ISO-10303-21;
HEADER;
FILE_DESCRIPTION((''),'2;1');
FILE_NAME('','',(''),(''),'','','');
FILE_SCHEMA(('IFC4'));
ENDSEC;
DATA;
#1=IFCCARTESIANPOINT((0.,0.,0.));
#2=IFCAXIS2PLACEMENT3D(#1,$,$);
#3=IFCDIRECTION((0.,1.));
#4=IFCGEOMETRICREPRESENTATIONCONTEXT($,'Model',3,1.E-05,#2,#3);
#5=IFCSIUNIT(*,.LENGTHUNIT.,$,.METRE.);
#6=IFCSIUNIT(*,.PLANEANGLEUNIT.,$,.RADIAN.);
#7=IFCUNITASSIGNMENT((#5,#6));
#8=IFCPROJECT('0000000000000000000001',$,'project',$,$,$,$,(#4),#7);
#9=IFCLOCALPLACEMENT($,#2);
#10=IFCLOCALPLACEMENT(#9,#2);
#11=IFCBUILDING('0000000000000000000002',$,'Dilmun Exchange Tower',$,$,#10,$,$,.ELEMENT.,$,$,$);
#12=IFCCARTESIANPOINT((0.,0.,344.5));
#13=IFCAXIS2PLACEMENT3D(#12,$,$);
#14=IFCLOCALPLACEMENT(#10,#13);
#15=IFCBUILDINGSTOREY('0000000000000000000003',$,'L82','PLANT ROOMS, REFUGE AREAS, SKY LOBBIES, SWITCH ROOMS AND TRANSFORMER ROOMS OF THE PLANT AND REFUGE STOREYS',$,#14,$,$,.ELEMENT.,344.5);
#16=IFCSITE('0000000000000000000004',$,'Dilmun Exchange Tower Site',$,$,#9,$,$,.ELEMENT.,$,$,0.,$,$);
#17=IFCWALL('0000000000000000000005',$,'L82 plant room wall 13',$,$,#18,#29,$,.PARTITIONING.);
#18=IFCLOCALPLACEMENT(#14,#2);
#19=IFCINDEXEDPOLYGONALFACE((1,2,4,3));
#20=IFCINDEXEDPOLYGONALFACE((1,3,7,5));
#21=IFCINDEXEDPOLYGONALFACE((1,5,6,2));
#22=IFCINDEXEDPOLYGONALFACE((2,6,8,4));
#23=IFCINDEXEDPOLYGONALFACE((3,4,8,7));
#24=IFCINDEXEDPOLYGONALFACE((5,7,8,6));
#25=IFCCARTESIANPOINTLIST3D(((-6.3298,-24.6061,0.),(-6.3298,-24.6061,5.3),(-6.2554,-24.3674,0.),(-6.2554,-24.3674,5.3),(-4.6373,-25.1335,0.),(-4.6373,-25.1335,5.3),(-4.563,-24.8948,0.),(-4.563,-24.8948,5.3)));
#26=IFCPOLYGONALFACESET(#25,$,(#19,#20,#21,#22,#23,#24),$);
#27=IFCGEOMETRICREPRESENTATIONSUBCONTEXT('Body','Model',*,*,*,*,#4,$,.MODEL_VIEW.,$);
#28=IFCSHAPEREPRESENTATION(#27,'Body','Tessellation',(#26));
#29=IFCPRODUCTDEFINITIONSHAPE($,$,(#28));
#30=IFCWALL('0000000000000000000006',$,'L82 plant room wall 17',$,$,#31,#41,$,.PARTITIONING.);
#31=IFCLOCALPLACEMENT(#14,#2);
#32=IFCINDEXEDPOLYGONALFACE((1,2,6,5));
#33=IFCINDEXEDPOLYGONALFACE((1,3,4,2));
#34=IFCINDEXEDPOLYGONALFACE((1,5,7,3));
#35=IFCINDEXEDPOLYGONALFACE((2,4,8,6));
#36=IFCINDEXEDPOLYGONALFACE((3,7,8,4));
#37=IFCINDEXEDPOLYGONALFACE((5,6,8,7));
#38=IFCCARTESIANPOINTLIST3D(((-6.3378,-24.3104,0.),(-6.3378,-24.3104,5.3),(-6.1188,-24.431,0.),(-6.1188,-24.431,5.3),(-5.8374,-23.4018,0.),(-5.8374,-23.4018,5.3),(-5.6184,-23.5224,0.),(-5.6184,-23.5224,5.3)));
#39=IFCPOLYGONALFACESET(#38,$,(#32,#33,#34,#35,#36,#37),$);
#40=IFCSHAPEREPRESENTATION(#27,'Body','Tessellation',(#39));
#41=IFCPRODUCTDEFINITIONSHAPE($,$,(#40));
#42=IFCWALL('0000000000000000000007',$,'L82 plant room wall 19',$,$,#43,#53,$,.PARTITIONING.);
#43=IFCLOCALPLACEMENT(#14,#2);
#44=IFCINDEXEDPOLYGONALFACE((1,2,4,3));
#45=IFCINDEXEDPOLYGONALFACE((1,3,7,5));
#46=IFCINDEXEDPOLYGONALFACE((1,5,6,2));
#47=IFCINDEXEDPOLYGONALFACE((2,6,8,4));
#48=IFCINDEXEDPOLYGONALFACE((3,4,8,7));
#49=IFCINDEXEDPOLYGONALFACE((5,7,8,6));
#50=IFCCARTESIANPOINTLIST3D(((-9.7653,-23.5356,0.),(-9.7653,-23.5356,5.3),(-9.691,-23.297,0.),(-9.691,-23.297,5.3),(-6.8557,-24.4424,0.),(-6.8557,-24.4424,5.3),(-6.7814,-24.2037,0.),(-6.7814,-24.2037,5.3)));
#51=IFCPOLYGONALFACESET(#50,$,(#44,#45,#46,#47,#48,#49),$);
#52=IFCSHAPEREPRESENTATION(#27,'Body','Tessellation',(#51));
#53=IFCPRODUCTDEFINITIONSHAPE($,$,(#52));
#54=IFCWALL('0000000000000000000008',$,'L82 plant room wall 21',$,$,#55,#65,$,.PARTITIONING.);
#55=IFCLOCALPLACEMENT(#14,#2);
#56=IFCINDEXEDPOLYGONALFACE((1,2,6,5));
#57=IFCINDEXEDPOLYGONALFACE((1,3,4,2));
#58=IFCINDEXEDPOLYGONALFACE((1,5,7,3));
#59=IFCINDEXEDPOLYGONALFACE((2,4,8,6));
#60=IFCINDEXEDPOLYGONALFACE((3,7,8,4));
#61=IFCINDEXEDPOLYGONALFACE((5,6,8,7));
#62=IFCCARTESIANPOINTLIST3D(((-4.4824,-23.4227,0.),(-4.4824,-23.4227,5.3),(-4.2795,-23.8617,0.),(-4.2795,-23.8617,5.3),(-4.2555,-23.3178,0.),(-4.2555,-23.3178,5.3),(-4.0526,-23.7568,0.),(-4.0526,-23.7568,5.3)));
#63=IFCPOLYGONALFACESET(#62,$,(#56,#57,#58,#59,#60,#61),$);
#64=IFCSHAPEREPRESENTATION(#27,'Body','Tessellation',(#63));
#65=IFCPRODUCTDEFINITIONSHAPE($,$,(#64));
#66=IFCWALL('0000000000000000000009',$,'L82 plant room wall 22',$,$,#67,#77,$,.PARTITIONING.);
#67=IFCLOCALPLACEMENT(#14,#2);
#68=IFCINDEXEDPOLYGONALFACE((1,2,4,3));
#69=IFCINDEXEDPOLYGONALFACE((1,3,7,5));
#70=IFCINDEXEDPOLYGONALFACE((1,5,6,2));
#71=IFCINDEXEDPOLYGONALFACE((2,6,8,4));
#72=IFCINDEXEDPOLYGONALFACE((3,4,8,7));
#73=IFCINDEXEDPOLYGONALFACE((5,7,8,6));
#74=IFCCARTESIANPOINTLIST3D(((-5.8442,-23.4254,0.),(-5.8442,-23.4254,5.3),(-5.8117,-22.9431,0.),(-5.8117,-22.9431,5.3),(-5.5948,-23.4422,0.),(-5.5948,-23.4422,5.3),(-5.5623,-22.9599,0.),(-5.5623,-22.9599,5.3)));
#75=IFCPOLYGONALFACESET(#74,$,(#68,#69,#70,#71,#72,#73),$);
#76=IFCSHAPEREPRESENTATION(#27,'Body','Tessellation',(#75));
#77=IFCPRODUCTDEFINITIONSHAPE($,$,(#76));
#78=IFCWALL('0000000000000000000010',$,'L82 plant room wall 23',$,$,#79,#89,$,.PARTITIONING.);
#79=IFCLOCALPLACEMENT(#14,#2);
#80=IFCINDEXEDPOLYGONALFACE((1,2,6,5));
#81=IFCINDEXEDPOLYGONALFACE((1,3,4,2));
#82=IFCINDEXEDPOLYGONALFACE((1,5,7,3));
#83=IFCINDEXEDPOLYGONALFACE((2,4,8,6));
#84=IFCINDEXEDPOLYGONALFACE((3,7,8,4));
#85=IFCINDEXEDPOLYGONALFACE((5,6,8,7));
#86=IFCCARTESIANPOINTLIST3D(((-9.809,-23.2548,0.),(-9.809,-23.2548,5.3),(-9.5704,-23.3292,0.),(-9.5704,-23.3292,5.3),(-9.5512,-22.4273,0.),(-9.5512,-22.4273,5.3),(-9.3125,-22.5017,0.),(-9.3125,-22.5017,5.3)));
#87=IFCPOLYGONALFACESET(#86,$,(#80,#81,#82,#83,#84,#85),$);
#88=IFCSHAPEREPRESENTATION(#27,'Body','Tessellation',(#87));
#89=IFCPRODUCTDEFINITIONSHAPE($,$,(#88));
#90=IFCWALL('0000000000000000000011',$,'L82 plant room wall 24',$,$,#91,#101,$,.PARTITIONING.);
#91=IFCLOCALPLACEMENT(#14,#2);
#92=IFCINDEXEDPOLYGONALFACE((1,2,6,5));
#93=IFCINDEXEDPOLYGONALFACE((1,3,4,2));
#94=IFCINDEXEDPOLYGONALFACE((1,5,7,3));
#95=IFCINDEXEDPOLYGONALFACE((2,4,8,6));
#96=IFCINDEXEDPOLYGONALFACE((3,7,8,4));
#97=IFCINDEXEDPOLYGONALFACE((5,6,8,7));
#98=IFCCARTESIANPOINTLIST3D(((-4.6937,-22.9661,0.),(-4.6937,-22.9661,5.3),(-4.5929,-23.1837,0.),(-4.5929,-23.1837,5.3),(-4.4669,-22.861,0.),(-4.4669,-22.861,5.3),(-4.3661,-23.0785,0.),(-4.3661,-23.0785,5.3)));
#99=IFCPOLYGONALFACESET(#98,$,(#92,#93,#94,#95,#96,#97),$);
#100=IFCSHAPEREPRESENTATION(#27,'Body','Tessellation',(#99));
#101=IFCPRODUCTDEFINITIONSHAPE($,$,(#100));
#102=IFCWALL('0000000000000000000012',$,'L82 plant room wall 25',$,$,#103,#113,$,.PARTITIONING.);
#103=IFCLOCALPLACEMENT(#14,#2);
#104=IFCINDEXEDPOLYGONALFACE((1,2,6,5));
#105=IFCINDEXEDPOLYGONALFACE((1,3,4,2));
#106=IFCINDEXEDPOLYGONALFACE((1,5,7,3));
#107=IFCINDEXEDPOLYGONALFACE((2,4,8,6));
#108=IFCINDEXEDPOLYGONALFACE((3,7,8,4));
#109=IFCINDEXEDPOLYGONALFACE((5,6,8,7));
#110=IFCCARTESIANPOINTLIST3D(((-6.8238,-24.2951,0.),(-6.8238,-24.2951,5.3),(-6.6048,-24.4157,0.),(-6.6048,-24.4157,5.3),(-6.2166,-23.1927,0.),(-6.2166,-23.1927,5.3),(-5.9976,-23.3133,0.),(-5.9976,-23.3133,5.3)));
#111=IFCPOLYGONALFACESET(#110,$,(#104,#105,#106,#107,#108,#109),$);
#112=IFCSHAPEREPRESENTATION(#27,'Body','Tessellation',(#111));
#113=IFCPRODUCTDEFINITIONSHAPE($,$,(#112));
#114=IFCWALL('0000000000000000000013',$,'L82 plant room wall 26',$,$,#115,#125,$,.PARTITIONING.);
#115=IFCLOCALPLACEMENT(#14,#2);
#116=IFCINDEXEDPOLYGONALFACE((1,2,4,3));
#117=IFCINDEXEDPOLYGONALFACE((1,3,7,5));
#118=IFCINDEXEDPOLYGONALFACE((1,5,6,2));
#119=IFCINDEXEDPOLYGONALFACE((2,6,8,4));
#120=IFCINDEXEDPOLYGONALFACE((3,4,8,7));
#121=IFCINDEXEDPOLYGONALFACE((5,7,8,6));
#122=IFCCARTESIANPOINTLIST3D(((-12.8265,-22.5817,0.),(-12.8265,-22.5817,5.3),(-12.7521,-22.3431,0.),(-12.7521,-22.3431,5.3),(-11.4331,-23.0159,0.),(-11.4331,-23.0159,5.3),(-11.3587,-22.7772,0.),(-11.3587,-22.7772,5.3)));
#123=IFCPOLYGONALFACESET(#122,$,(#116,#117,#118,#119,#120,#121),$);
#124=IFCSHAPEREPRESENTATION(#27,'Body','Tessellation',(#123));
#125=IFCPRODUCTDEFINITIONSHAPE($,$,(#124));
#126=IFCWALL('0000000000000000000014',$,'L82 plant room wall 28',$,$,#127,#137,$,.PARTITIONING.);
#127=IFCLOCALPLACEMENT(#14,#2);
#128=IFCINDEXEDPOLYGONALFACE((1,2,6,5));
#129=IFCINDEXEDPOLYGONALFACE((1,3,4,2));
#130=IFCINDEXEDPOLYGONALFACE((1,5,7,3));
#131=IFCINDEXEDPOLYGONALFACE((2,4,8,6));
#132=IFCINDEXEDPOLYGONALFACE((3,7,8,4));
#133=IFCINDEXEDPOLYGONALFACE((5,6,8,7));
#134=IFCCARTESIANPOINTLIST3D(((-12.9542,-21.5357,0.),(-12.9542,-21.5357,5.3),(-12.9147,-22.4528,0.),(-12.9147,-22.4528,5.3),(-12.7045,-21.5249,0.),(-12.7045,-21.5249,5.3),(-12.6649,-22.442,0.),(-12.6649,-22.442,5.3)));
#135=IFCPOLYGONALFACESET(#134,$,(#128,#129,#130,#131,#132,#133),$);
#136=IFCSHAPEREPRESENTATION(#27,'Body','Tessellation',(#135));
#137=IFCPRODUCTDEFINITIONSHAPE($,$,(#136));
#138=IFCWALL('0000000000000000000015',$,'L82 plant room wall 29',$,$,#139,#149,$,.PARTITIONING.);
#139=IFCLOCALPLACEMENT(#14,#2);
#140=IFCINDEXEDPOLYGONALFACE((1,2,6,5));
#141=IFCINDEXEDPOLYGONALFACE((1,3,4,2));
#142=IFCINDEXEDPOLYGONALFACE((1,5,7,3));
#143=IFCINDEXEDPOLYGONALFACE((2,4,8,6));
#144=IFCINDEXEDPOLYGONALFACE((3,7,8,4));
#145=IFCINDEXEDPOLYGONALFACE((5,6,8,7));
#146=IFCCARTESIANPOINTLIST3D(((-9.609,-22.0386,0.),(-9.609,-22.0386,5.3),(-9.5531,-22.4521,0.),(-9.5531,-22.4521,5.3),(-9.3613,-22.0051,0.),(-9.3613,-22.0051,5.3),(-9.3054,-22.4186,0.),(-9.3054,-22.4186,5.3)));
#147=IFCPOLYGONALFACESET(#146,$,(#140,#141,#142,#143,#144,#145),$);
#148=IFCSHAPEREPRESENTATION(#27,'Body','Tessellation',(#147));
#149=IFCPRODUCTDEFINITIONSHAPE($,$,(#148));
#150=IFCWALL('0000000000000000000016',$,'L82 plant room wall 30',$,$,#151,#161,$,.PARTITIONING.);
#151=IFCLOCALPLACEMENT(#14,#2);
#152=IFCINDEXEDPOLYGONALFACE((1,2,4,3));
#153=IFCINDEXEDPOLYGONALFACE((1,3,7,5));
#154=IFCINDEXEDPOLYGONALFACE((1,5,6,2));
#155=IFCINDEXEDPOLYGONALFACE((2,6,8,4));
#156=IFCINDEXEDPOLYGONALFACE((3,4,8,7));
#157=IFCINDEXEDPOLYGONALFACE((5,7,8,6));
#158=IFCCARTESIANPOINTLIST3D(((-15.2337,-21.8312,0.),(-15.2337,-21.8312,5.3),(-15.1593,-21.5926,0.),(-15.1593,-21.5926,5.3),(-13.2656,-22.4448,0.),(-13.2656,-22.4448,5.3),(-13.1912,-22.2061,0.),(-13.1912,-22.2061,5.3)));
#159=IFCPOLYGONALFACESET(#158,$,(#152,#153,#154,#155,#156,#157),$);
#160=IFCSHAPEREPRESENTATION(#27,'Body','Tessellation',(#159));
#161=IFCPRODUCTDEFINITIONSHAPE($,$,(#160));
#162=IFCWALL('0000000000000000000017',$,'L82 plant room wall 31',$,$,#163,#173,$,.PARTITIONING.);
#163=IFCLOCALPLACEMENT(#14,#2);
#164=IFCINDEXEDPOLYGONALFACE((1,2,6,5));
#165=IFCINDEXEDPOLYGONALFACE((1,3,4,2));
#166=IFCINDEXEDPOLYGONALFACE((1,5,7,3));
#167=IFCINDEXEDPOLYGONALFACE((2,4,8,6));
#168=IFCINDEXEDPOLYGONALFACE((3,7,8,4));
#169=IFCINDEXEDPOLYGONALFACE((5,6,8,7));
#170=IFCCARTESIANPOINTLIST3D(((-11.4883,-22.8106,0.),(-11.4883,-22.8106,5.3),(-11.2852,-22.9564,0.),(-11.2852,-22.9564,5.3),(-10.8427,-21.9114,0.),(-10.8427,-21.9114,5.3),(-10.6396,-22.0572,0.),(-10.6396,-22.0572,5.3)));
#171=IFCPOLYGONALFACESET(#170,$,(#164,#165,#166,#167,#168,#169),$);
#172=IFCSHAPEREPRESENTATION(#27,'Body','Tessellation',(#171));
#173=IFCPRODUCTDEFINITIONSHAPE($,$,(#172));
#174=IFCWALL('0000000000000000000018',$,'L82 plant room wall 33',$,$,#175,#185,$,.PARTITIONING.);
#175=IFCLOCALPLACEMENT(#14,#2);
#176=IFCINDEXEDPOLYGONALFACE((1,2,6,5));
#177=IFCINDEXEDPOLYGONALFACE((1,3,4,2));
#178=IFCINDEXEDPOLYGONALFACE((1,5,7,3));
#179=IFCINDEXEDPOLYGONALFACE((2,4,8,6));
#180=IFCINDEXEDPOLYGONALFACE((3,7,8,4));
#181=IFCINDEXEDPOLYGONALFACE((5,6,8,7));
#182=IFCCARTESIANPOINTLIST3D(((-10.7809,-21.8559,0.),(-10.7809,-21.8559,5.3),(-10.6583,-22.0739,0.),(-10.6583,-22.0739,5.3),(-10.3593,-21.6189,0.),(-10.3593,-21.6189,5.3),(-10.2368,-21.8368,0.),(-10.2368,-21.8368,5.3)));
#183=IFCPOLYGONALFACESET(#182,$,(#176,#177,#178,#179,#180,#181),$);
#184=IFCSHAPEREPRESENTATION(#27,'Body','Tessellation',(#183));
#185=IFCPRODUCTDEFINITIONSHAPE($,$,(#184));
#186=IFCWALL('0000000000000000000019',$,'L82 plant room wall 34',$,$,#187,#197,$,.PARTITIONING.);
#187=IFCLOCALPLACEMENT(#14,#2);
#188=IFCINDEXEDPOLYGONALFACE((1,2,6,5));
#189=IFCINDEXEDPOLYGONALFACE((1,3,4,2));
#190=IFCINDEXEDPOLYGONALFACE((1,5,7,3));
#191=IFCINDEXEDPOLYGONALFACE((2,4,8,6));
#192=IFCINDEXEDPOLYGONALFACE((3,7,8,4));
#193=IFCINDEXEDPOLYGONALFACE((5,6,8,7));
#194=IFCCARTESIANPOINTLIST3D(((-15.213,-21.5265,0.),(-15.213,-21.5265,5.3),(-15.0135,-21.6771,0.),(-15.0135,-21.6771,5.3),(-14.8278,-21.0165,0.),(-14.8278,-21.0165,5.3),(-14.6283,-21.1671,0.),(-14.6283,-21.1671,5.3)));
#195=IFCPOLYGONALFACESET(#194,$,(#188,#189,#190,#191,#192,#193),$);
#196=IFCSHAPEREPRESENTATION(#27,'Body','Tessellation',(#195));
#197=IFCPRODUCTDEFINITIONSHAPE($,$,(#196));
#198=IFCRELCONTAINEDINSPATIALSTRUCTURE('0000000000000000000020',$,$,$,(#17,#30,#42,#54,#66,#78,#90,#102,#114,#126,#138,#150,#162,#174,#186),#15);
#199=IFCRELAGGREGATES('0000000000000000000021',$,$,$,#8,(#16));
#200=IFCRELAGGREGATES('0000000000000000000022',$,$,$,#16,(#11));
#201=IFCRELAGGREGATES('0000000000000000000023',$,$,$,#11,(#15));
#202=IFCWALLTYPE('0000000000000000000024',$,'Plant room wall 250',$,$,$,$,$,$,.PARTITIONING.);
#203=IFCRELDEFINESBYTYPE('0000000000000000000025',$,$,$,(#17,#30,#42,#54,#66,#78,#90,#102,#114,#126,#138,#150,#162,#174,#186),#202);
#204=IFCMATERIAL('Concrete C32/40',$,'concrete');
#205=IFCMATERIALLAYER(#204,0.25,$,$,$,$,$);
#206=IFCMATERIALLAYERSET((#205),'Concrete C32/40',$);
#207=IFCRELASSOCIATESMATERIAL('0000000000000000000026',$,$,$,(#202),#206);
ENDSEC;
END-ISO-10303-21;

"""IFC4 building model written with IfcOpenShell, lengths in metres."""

from ifc_helpers import new_model, si_unit, direction, frame, frame_2d, origin, place, context, subcontext, project, spatial, rectangle, extrude, material, layer, layer_set, type_object, element, save


model = new_model("IFC4")

# Units and contexts
model_context = context("Model", 3, precision=1e-05, world=origin(), true_north=direction((0.0, 1.0)))
body_context = subcontext(model_context, "Body", "Model", "MODEL_VIEW")
ifc_project = project(units=[si_unit("LENGTHUNIT", "METRE"), si_unit("PLANEANGLEUNIT", "RADIAN")], contexts=[model_context])

# Site, building, storey
site_placement = place(None, origin())
site = spatial("IfcSite", under=ifc_project, at=site_placement, Name="Dilmun Exchange Tower Site", CompositionType="ELEMENT", RefElevation=0.0)
building_placement = place(site_placement, origin())
building = spatial("IfcBuilding", under=site, at=building_placement, Name="Dilmun Exchange Tower", CompositionType="ELEMENT")
storey_placement = place(building_placement, frame((0.0, 0.0, 344.5)))
storey = spatial("IfcBuildingStorey", under=building, at=storey_placement, Name="L82", Description="PLANT ROOMS, REFUGE AREAS, SKY LOBBIES, SWITCH ROOMS AND TRANSFORMER ROOMS OF THE PLANT AND REFUGE STOREYS", CompositionType="ELEMENT", Elevation=344.5)

# Walls
ifc_material_1 = material(Name="Concrete C32/40", Category="concrete")
ifc_layer_1 = layer(ifc_material_1, 0.25)
ifc_layer_set_1 = layer_set([ifc_layer_1], Name="Concrete C32/40")
wall_type = type_object("IfcWallType", Name="Plant room wall 250", PredefinedType="PARTITIONING", material=ifc_layer_set_1)
wall_1_placement = place(storey_placement, frame((-6.2925, -24.4868, 0.0), z_axis=(0.0, 0.0, 1.0), x_axis=(0.954725, -0.297491, 0.0)))
element("IfcWall", 1, at=wall_1_placement, inside=storey, type_object=wall_type, Name="L82 plant room wall 13", PredefinedType="PARTITIONING", context=body_context, shape_type="SweptSolid", body=[
    extrude(rectangle(XDim=1.7727, YDim=0.25, at=frame_2d((0.8862, 0.0))), origin(), (0.0, 0.0, 1.0), 5.3),
])
wall_2_placement = place(storey_placement, frame((-6.2283, -24.3706, 0.0), z_axis=(0.0, 0.0, 1.0), x_axis=(0.482443, 0.875928, 0.0)))
element("IfcWall", 2, at=wall_2_placement, inside=storey, type_object=wall_type, Name="L82 plant room wall 17", PredefinedType="PARTITIONING", context=body_context, shape_type="SweptSolid", body=[
    extrude(rectangle(XDim=1.0374, YDim=0.25, at=frame_2d((0.5186, 0.0))), origin(), (0.0, 0.0, 1.0), 5.3),
])
wall_3_placement = place(storey_placement, frame((-9.7283, -23.4163, 0.0), z_axis=(0.0, 0.0, 1.0), x_axis=(0.954716, -0.297518, 0.0)))
element("IfcWall", 3, at=wall_3_placement, inside=storey, type_object=wall_type, Name="L82 plant room wall 19", PredefinedType="PARTITIONING", context=body_context, shape_type="SweptSolid", body=[
    extrude(rectangle(XDim=3.0476, YDim=0.25, at=frame_2d((1.5239, 0.0))), origin(), (0.0, 0.0, 1.0), 5.3),
])
wall_4_placement = place(storey_placement, frame((-4.3689, -23.3704, 0.0), z_axis=(0.0, 0.0, 1.0), x_axis=(0.419538, -0.907738, 0.0)))
element("IfcWall", 4, at=wall_4_placement, inside=storey, type_object=wall_type, Name="L82 plant room wall 21", PredefinedType="PARTITIONING", context=body_context, shape_type="SweptSolid", body=[
    extrude(rectangle(XDim=0.4836, YDim=0.25, at=frame_2d((0.2417, 0.0))), origin(), (0.0, 0.0, 1.0), 5.3),
])
wall_5_placement = place(storey_placement, frame((-5.7195, -23.4338, 0.0), z_axis=(0.0, 0.0, 1.0), x_axis=(0.067156, 0.997743, 0.0)))
element("IfcWall", 5, at=wall_5_placement, inside=storey, type_object=wall_type, Name="L82 plant room wall 22", PredefinedType="PARTITIONING", context=body_context, shape_type="SweptSolid", body=[
    extrude(rectangle(XDim=0.4834, YDim=0.25, at=frame_2d((0.2417, 0.0))), origin(), (0.0, 0.0, 1.0), 5.3),
])
wall_6_placement = place(storey_placement, frame((-9.6897, -23.292, 0.0), z_axis=(0.0, 0.0, 1.0), x_axis=(0.297489, 0.954725, 0.0)))
element("IfcWall", 6, at=wall_6_placement, inside=storey, type_object=wall_type, Name="L82 plant room wall 23", PredefinedType="PARTITIONING", context=body_context, shape_type="SweptSolid", body=[
    extrude(rectangle(XDim=0.8667, YDim=0.25, at=frame_2d((0.4333, 0.0))), origin(), (0.0, 0.0, 1.0), 5.3),
])
wall_7_placement = place(storey_placement, frame((-4.5803, -22.9136, 0.0), z_axis=(0.0, 0.0, 1.0), x_axis=(0.420543, -0.907273, 0.0)))
element("IfcWall", 7, at=wall_7_placement, inside=storey, type_object=wall_type, Name="L82 plant room wall 24", PredefinedType="PARTITIONING", context=body_context, shape_type="SweptSolid", body=[
    extrude(rectangle(XDim=0.2397, YDim=0.25, at=frame_2d((0.1199, 0.0))), origin(), (0.0, 0.0, 1.0), 5.3),
])
wall_8_placement = place(storey_placement, frame((-6.7144, -24.3555, 0.0), z_axis=(0.0, 0.0, 1.0), x_axis=(0.482477, 0.875909, 0.0)))
element("IfcWall", 8, at=wall_8_placement, inside=storey, type_object=wall_type, Name="L82 plant room wall 25", PredefinedType="PARTITIONING", context=body_context, shape_type="SweptSolid", body=[
    extrude(rectangle(XDim=1.2585, YDim=0.25, at=frame_2d((0.6294, 0.0))), origin(), (0.0, 0.0, 1.0), 5.3),
])
wall_9_placement = place(storey_placement, frame((-12.7893, -22.4624, 0.0), z_axis=(0.0, 0.0, 1.0), x_axis=(0.954739, -0.297446, 0.0)))
element("IfcWall", 9, at=wall_9_placement, inside=storey, type_object=wall_type, Name="L82 plant room wall 26", PredefinedType="PARTITIONING", context=body_context, shape_type="SweptSolid", body=[
    extrude(rectangle(XDim=1.4595, YDim=0.25, at=frame_2d((0.7297, 0.0))), origin(), (0.0, 0.0, 1.0), 5.3),
])
wall_10_placement = place(storey_placement, frame((-12.8293, -21.5303, 0.0), z_axis=(0.0, 0.0, 1.0), x_axis=(0.043079, -0.999072, 0.0)))
element("IfcWall", 10, at=wall_10_placement, inside=storey, type_object=wall_type, Name="L82 plant room wall 28", PredefinedType="PARTITIONING", context=body_context, shape_type="SweptSolid", body=[
    extrude(rectangle(XDim=0.918, YDim=0.25, at=frame_2d((0.459, 0.0))), origin(), (0.0, 0.0, 1.0), 5.3),
])
wall_11_placement = place(storey_placement, frame((-9.4851, -22.022, 0.0), z_axis=(0.0, 0.0, 1.0), x_axis=(0.133964, -0.990986, 0.0)))
element("IfcWall", 11, at=wall_11_placement, inside=storey, type_object=wall_type, Name="L82 plant room wall 29", PredefinedType="PARTITIONING", context=body_context, shape_type="SweptSolid", body=[
    extrude(rectangle(XDim=0.4172, YDim=0.25, at=frame_2d((0.2085, 0.0))), origin(), (0.0, 0.0, 1.0), 5.3),
])
wall_12_placement = place(storey_placement, frame((-15.1965, -21.7119, 0.0), z_axis=(0.0, 0.0, 1.0), x_axis=(0.954684, -0.297621, 0.0)))
element("IfcWall", 12, at=wall_12_placement, inside=storey, type_object=wall_type, Name="L82 plant room wall 30", PredefinedType="PARTITIONING", context=body_context, shape_type="SweptSolid", body=[
    extrude(rectangle(XDim=2.0615, YDim=0.25, at=frame_2d((1.0308, 0.0))), origin(), (0.0, 0.0, 1.0), 5.3),
])
wall_13_placement = place(storey_placement, frame((-11.3867, -22.8835, 0.0), z_axis=(0.0, 0.0, 1.0), x_axis=(0.583177, 0.812345, 0.0)))
element("IfcWall", 13, at=wall_13_placement, inside=storey, type_object=wall_type, Name="L82 plant room wall 31", PredefinedType="PARTITIONING", context=body_context, shape_type="SweptSolid", body=[
    extrude(rectangle(XDim=1.1069, YDim=0.25, at=frame_2d((0.5535, 0.0))), origin(), (0.0, 0.0, 1.0), 5.3),
])
wall_14_placement = place(storey_placement, frame((-10.7195, -21.9648, 0.0), z_axis=(0.0, 0.0, 1.0), x_axis=(0.87167, 0.490093, 0.0)))
element("IfcWall", 14, at=wall_14_placement, inside=storey, type_object=wall_type, Name="L82 plant room wall 33", PredefinedType="PARTITIONING", context=body_context, shape_type="SweptSolid", body=[
    extrude(rectangle(XDim=0.4836, YDim=0.25, at=frame_2d((0.2417, 0.0))), origin(), (0.0, 0.0, 1.0), 5.3),
])
wall_15_placement = place(storey_placement, frame((-15.1133, -21.6018, 0.0), z_axis=(0.0, 0.0, 1.0), x_axis=(0.602747, 0.797933, 0.0)))
element("IfcWall", 15, at=wall_15_placement, inside=storey, type_object=wall_type, Name="L82 plant room wall 34", PredefinedType="PARTITIONING", context=body_context, shape_type="SweptSolid", body=[
    extrude(rectangle(XDim=0.6392, YDim=0.25, at=frame_2d((0.3196, 0.0))), origin(), (0.0, 0.0, 1.0), 5.3),
])

save(model, "model.ifc")
